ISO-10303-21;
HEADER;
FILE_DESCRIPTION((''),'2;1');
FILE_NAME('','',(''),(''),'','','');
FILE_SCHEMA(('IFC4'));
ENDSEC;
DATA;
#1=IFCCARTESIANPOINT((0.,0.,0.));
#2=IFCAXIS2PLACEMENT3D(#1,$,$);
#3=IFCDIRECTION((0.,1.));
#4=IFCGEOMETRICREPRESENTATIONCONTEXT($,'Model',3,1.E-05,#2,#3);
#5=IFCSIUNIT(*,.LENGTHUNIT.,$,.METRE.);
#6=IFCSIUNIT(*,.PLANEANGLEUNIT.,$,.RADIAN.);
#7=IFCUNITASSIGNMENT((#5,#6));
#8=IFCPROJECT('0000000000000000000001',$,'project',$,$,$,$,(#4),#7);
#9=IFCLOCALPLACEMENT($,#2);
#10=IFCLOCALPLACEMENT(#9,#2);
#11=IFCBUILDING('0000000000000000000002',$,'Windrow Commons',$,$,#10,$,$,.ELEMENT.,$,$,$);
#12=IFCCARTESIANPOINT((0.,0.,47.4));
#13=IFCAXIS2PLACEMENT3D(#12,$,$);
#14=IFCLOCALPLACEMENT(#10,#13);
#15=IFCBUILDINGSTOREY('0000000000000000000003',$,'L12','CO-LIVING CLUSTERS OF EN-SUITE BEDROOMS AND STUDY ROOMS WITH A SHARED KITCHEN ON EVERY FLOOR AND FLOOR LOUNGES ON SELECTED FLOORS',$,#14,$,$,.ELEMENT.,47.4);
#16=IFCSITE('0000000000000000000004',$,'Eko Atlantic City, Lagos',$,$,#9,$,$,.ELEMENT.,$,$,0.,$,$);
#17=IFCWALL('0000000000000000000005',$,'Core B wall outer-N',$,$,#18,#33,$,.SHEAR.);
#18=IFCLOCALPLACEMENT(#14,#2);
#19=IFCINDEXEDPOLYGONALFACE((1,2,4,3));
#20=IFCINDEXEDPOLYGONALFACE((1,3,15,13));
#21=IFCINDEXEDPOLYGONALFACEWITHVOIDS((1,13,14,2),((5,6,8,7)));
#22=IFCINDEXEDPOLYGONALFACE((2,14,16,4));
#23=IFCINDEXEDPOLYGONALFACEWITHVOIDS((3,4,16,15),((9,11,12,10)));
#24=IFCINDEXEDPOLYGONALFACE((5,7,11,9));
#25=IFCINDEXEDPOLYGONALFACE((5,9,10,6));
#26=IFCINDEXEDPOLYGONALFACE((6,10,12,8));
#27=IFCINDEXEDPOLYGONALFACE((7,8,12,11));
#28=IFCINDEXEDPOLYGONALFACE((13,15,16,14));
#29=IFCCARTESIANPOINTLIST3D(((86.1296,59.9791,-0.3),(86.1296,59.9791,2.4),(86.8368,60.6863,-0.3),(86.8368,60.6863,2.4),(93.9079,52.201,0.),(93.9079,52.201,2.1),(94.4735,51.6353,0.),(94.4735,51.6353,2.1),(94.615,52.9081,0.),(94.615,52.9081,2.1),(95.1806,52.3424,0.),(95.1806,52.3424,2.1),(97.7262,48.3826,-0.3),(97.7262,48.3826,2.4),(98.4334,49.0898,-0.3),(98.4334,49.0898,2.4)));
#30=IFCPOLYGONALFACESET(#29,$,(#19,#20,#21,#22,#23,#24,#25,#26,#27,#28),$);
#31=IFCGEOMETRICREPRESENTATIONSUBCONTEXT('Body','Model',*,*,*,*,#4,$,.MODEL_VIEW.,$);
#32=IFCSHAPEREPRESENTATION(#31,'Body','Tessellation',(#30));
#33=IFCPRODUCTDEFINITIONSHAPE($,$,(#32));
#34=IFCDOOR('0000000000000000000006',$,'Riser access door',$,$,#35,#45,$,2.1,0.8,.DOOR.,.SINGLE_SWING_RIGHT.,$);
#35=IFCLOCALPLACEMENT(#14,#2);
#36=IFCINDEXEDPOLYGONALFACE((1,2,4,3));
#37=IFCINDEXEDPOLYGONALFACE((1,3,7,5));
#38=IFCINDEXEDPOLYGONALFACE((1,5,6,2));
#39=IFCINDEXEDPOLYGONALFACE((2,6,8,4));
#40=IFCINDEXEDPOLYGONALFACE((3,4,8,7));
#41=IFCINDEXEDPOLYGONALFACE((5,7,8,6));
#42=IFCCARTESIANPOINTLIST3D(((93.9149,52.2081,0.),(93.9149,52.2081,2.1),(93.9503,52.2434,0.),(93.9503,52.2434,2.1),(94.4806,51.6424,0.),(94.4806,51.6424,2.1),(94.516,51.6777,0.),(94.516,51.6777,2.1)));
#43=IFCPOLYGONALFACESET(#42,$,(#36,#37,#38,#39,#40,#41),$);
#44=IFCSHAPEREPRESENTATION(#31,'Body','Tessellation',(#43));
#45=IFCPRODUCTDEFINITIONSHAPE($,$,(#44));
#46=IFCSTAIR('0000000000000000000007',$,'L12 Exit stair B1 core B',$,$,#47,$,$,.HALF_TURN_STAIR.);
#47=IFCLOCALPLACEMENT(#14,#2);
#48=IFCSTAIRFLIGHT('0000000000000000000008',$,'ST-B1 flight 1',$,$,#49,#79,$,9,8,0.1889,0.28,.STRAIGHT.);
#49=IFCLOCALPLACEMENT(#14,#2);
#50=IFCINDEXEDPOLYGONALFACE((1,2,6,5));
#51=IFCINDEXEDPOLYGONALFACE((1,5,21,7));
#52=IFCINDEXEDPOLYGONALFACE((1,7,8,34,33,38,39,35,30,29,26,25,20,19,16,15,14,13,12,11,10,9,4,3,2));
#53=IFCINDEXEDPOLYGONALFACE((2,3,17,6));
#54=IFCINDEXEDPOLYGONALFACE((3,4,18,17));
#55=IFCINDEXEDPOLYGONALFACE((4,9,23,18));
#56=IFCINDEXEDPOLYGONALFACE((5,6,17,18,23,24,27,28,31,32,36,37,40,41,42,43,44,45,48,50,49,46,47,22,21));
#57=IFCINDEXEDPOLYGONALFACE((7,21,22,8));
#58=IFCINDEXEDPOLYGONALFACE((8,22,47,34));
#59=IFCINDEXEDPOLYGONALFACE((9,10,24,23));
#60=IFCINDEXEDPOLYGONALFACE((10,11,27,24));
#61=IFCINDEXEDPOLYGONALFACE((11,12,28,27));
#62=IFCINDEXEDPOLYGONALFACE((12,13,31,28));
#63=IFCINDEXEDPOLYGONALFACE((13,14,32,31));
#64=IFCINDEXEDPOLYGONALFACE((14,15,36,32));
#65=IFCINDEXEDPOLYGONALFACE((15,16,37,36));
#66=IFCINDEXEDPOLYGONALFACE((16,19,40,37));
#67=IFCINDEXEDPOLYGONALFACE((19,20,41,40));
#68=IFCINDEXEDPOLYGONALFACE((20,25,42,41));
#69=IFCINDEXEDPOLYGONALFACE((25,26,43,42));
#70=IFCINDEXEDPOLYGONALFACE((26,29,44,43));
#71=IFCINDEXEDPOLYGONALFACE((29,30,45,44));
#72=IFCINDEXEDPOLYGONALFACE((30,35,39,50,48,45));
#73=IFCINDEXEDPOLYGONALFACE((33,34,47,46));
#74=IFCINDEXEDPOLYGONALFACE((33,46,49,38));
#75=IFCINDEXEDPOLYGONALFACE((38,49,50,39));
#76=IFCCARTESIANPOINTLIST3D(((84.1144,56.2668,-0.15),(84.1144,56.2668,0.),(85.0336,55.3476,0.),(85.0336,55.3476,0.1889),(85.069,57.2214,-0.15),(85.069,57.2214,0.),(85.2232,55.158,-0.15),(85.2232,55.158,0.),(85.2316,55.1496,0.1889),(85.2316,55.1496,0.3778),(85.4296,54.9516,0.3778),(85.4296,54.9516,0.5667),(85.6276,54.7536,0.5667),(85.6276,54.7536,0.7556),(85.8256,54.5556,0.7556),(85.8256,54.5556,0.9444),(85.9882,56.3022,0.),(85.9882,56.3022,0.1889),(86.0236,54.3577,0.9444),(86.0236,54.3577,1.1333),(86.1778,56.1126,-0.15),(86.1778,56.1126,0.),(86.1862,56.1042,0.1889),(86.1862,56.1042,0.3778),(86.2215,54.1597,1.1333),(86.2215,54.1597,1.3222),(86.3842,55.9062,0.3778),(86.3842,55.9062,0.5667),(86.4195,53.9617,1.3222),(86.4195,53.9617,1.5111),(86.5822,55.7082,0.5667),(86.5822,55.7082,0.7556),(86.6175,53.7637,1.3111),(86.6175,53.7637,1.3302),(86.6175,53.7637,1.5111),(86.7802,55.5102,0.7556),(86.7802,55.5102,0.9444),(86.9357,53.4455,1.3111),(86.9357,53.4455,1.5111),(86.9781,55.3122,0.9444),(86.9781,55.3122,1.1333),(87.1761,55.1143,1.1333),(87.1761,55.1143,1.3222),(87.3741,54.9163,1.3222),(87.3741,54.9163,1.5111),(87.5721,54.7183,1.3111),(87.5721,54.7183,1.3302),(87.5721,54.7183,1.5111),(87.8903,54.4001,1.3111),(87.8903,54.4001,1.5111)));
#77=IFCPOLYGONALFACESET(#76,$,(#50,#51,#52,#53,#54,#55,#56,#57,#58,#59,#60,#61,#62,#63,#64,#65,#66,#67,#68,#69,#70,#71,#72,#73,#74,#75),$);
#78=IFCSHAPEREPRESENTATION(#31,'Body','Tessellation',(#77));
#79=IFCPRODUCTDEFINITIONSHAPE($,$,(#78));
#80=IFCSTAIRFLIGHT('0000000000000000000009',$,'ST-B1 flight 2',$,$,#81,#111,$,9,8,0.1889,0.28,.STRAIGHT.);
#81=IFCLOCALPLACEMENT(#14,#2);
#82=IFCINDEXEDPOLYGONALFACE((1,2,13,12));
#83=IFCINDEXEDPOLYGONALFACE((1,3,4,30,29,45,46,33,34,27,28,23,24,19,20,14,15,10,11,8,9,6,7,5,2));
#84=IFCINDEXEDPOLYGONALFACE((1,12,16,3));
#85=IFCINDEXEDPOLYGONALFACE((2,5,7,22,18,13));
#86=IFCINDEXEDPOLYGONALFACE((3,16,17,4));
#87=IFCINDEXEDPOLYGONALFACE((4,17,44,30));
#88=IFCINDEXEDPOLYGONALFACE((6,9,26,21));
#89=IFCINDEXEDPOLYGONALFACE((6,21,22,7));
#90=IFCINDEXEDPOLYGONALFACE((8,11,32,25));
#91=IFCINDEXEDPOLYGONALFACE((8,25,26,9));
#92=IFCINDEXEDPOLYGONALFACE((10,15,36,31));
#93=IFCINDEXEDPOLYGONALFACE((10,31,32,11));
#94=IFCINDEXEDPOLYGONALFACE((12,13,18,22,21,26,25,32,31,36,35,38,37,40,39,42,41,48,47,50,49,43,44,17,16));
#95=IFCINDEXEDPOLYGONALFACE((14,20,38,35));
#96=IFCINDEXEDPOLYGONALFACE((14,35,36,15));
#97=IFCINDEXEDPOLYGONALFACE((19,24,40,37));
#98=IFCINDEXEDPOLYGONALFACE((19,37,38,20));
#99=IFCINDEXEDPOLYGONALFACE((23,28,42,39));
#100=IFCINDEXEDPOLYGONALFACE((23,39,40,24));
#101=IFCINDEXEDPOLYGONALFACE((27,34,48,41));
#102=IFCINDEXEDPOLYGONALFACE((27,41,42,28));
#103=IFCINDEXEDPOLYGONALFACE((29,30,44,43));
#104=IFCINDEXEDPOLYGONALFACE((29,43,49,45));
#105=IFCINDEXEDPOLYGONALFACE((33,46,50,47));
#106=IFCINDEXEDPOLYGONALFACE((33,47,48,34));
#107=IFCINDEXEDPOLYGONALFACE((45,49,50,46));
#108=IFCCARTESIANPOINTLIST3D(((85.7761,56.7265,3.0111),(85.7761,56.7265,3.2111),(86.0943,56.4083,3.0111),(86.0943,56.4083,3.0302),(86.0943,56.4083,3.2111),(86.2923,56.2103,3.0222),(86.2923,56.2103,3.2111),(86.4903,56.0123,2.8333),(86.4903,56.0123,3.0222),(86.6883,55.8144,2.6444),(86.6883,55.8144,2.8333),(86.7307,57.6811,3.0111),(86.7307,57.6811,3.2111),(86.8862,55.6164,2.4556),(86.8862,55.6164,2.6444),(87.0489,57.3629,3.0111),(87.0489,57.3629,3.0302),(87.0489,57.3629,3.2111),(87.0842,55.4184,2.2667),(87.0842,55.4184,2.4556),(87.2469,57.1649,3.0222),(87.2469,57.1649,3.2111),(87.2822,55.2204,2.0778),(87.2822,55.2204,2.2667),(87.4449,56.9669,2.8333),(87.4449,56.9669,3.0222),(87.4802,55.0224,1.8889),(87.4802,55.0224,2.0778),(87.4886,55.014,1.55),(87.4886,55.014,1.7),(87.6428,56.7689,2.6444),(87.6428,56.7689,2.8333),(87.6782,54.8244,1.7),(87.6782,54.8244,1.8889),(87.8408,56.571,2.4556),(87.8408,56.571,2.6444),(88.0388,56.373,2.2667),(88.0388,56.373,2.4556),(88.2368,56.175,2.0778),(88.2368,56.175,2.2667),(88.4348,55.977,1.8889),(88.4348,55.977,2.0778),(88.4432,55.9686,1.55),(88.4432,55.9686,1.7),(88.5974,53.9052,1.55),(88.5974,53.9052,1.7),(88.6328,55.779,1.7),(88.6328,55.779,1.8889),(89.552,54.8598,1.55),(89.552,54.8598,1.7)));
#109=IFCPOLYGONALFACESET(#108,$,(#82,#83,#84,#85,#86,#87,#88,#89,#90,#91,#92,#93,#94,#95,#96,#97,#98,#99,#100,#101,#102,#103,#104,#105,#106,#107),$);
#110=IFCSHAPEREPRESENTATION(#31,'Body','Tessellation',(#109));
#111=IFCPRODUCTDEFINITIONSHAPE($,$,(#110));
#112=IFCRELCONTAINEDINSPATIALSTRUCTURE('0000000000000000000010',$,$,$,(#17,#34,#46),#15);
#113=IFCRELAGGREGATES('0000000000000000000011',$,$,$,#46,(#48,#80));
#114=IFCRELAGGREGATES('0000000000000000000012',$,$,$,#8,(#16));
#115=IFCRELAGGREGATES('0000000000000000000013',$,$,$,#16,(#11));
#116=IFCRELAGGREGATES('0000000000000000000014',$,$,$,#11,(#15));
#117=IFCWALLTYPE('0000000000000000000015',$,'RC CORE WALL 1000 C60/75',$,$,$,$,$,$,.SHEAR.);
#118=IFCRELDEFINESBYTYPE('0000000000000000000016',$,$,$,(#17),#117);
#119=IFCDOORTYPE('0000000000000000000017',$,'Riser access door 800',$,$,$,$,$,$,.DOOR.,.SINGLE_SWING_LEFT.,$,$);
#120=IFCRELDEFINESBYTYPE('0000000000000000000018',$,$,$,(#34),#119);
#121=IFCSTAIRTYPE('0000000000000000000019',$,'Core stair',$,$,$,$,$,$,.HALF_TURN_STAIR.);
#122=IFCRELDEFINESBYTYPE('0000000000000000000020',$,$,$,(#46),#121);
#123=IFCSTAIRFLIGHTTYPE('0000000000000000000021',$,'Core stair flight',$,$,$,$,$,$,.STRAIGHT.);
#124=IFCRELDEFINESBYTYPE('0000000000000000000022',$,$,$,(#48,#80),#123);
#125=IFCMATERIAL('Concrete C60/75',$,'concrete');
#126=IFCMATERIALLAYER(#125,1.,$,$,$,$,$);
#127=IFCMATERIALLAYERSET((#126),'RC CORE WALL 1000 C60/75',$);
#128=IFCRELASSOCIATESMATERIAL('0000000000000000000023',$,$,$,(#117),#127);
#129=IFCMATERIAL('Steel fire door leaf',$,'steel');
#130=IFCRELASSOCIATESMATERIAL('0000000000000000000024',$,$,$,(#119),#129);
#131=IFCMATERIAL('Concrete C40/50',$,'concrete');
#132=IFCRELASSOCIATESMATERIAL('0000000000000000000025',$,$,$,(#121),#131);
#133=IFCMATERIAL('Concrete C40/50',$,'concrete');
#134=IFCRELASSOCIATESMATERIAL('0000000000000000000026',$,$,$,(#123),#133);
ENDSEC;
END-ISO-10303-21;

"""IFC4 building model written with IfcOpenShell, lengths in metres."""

from ifc_helpers import new_model, si_unit, direction, frame, frame_2d, origin, place, context, subcontext, project, spatial, polyline, rectangle, outline, extrude, material, layer, layer_set, type_object, element, fill, aggregate, save


model = new_model("IFC4")

# Units and contexts
model_context = context("Model", 3, precision=1e-05, world=origin(), true_north=direction((0.0, 1.0)))
body_context = subcontext(model_context, "Body", "Model", "MODEL_VIEW")
ifc_project = project(units=[si_unit("LENGTHUNIT", "METRE"), si_unit("PLANEANGLEUNIT", "RADIAN")], contexts=[model_context])

# Site, building, storey
site_placement = place(None, origin())
site = spatial("IfcSite", under=ifc_project, at=site_placement, Name="Eko Atlantic City, Lagos", CompositionType="ELEMENT", RefElevation=0.0)
building_placement = place(site_placement, origin())
building = spatial("IfcBuilding", under=site, at=building_placement, Name="Windrow Commons", CompositionType="ELEMENT")
storey_placement = place(building_placement, frame((0.0, 0.0, 47.4)))
storey = spatial("IfcBuildingStorey", under=building, at=storey_placement, Name="L12", Description="CO-LIVING CLUSTERS OF EN-SUITE BEDROOMS AND STUDY ROOMS WITH A SHARED KITCHEN ON EVERY FLOOR AND FLOOR LOUNGES ON SELECTED FLOORS", CompositionType="ELEMENT", Elevation=47.4)

# Wall, opening, door
ifc_material_1 = material(Name="Concrete C60/75", Category="concrete")
ifc_layer_1 = layer(ifc_material_1, 1.0)
ifc_layer_set_1 = layer_set([ifc_layer_1], Name="RC CORE WALL 1000 C60/75")
wall_type_1 = type_object("IfcWallType", Name="RC CORE WALL 1000 C60/75", PredefinedType="SHEAR", material=ifc_layer_set_1)
wall_1_placement = place(storey_placement, frame((86.4832, 60.3327, -0.3), z_axis=(0.0, 0.0, 1.0), x_axis=(0.70711, -0.707104, 0.0)))
wall_1 = element("IfcWall", 1, at=wall_1_placement, inside=storey, type_object=wall_type_1, Name="Core B wall outer-N", PredefinedType="SHEAR", context=body_context, shape_type="SweptSolid", body=[
    extrude(rectangle(XDim=16.4, YDim=1.0, at=frame_2d((8.2, 0.0))), origin(), (0.0, 0.0, 1.0), 2.7),
])
opening_1_placement = place(wall_1_placement, frame((11.0, 0.0, 0.3)))
opening_1 = element("IfcOpeningElement", 2, at=opening_1_placement, cuts=wall_1, PredefinedType="OPENING", context=body_context, shape_type="SweptSolid", body=[
    extrude(rectangle(XDim=0.8, YDim=2.1, at=frame_2d((0.4, 1.05))), frame((0.0, 0.51, 0.0), z_axis=(0.0, -1.0, 0.0), x_axis=(1.0, 0.0, 0.0)), (0.0, 0.0, 1.0), 1.02),
])
ifc_material_2 = material(Name="Steel fire door leaf", Category="steel")
door_type = type_object("IfcDoorType", Name="Riser access door 800", OperationType="SINGLE_SWING_LEFT", PredefinedType="DOOR", material=ifc_material_2)
door_placement = place(opening_1_placement, origin())
door = element("IfcDoor", 3, at=door_placement, inside=storey, type_object=door_type, Name="Riser access door", OperationType="SINGLE_SWING_RIGHT", OverallHeight=2.1, OverallWidth=0.8, PredefinedType="DOOR", context=body_context, shape_type="SweptSolid", body=[
    extrude(rectangle(XDim=0.8, YDim=2.1, at=frame_2d((0.4, 1.05))), frame((0.0, -0.44, 0.0), z_axis=(0.0, -1.0, 0.0), x_axis=(1.0, 0.0, 0.0)), (0.0, 0.0, 1.0), 0.05),
])
fill(opening_1, door)

# Stair, stair flights
ifc_material_3 = material(Name="Concrete C40/50", Category="concrete")
stair_type = type_object("IfcStairType", Name="Core stair", PredefinedType="HALF_TURN_STAIR", material=ifc_material_3)
stair_placement = place(storey_placement, origin())
stair = element("IfcStair", 4, at=stair_placement, inside=storey, type_object=stair_type, Name="L12 Exit stair B1 core B", PredefinedType="HALF_TURN_STAIR")
ifc_material_4 = material(Name="Concrete C40/50", Category="concrete")
stair_flight_type = type_object("IfcStairFlightType", Name="Core stair flight", PredefinedType="STRAIGHT", material=ifc_material_4)
stair_flight_1_placement = place(storey_placement, frame((85.5109, 55.8249, 0.0), z_axis=(0.0, 0.0, 1.0), x_axis=(0.707107, -0.707107, 0.0)))
stair_flight_1 = element("IfcStairFlight", 5, at=stair_flight_1_placement, type_object=stair_flight_type, Name="ST-B1 flight 1", NumberOfRisers=9, NumberOfTreads=8, PredefinedType="STRAIGHT", RiserHeight=0.1889, TreadLength=0.28, context=body_context, shape_type="SweptSolid", body=[
    extrude(outline(polyline([(-1.3, -0.15), (-1.3, 0.0), (0.0, 0.0), (0.0, 0.1889), (0.28, 0.1889), (0.28, 0.3778), (0.56, 0.3778), (0.56, 0.5667), (0.84, 0.5667), (0.84, 0.7556), (1.12, 0.7556), (1.12, 0.9444), (1.4, 0.9444), (1.4, 1.1333), (1.68, 1.1333), (1.68, 1.3222), (1.96, 1.3222), (1.96, 1.5111), (2.24, 1.5111), (2.69, 1.5111), (2.69, 1.3111), (2.24, 1.3111), (2.24, 1.3302), (0.2682, 0.0), (0.2682, -0.15), (-1.3, -0.15)])), frame((0.0, 0.675, 0.0), z_axis=(0.0, -1.0, 0.0), x_axis=(1.0, 0.0, 0.0)), (0.0, 0.0, 1.0), 1.35),
])
stair_flight_2_placement = place(storey_placement, frame((88.1555, 55.3017, 1.7), z_axis=(0.0, 0.0, 1.0), x_axis=(-0.707107, 0.707107, 0.0)))
stair_flight_2 = element("IfcStairFlight", 6, at=stair_flight_2_placement, type_object=stair_flight_type, Name="ST-B1 flight 2", NumberOfRisers=9, NumberOfTreads=8, PredefinedType="STRAIGHT", RiserHeight=0.1889, TreadLength=0.28, context=body_context, shape_type="SweptSolid", body=[
    extrude(outline(polyline([(-1.3, -0.15), (-1.3, 0.0), (0.0, 0.0), (0.0, 0.1889), (0.28, 0.1889), (0.28, 0.3778), (0.56, 0.3778), (0.56, 0.5667), (0.84, 0.5667), (0.84, 0.7556), (1.12, 0.7556), (1.12, 0.9444), (1.4, 0.9444), (1.4, 1.1333), (1.68, 1.1333), (1.68, 1.3222), (1.96, 1.3222), (1.96, 1.5111), (2.24, 1.5111), (2.69, 1.5111), (2.69, 1.3111), (2.24, 1.3111), (2.24, 1.3302), (0.2682, 0.0), (0.2682, -0.15), (-1.3, -0.15)])), frame((0.0, 0.675, 0.0), z_axis=(0.0, -1.0, 0.0), x_axis=(1.0, 0.0, 0.0)), (0.0, 0.0, 1.0), 1.35),
])
aggregate(stair, [stair_flight_1, stair_flight_2])

save(model, "model.ifc")
